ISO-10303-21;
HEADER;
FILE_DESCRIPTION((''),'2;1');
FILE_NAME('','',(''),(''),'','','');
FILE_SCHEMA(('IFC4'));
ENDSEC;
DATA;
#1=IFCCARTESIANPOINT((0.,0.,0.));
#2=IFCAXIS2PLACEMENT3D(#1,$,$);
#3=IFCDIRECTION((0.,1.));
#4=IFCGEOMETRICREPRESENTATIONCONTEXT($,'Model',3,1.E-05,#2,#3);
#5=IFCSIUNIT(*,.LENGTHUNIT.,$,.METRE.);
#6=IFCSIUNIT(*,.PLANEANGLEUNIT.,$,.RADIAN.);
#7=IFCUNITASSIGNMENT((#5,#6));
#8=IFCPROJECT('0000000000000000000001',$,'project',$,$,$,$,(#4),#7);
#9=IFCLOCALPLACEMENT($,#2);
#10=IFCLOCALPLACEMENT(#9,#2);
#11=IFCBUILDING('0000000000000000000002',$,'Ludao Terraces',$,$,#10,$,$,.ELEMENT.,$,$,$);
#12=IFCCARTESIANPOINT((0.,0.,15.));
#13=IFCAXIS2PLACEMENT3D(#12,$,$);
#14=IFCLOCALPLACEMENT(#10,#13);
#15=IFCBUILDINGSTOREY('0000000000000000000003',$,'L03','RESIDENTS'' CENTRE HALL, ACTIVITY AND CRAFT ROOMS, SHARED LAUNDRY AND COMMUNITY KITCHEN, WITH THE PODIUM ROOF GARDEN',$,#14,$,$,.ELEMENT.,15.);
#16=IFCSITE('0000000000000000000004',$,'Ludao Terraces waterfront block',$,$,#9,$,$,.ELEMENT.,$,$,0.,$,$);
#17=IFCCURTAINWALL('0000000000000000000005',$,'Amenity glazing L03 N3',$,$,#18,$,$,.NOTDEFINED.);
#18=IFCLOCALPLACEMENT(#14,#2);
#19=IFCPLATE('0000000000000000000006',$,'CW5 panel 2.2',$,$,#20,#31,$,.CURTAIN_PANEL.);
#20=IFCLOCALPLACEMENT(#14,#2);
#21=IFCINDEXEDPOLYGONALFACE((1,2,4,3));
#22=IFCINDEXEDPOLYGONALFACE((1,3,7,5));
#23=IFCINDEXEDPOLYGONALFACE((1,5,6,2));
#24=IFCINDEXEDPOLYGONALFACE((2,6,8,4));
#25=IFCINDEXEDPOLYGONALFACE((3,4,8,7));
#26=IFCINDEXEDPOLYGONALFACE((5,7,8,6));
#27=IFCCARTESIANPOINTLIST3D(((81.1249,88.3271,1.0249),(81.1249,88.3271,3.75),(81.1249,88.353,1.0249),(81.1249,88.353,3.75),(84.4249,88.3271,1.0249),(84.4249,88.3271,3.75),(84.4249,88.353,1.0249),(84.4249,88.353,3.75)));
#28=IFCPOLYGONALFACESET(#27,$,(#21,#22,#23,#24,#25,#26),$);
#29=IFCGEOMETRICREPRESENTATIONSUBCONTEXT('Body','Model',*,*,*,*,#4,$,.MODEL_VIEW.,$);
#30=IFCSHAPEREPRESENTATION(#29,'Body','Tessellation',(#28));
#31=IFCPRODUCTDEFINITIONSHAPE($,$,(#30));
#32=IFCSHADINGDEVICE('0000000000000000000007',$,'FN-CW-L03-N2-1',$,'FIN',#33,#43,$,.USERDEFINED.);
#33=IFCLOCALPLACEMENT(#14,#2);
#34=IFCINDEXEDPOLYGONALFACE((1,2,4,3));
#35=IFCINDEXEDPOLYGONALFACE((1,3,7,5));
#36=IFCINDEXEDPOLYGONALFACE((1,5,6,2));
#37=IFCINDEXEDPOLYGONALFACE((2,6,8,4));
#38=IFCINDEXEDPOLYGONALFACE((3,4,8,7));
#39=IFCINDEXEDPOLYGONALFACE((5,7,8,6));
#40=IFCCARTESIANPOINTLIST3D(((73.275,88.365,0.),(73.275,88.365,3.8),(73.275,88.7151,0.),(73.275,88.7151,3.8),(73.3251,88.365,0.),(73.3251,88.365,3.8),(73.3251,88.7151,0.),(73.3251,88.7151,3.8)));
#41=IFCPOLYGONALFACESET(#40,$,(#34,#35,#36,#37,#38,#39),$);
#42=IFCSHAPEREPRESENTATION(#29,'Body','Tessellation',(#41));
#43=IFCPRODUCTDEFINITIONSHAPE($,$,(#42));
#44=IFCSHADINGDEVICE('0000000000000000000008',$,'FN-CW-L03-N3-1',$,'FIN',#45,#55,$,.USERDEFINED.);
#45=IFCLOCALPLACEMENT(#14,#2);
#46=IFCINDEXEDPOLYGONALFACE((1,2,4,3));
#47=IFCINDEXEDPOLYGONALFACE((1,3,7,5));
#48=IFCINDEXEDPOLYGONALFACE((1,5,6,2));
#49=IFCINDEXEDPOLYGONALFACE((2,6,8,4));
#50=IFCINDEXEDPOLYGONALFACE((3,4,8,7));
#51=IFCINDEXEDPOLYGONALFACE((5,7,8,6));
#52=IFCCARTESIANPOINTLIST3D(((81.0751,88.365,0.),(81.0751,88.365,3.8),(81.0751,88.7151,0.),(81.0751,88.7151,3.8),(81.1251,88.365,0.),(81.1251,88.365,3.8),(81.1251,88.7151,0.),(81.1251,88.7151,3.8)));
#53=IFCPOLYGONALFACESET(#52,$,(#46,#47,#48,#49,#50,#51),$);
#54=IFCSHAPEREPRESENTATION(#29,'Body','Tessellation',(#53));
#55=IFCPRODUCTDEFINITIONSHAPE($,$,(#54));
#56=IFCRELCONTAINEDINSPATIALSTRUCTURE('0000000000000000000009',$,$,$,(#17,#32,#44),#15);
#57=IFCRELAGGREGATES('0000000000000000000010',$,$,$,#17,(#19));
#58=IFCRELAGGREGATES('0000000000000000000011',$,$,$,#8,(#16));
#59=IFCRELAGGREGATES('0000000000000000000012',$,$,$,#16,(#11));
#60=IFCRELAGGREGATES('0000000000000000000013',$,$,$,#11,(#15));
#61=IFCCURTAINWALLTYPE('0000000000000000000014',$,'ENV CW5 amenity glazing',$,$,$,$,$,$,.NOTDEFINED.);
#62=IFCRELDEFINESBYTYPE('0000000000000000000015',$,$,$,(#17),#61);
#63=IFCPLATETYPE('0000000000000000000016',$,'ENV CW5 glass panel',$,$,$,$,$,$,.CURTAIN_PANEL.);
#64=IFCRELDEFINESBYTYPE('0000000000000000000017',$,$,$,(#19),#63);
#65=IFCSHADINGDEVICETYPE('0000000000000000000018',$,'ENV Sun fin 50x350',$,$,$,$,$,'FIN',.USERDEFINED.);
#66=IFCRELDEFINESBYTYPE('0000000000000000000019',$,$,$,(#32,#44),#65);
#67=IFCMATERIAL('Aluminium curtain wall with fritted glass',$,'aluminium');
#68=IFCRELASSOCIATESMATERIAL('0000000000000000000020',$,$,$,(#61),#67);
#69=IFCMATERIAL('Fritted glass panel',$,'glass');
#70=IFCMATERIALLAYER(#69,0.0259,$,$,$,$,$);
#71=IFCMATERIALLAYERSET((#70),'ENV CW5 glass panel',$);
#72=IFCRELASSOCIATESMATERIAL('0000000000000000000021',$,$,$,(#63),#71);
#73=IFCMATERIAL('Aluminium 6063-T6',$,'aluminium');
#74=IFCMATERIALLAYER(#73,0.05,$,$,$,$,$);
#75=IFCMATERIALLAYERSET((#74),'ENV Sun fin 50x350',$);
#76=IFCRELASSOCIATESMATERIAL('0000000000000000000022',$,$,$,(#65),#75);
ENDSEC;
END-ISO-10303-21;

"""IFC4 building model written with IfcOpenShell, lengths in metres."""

from ifc_helpers import new_model, si_unit, direction, frame, origin, origin_2d, place, context, subcontext, project, spatial, rectangle, extrude, material, layer, layer_set, type_object, element, aggregate, save


model = new_model("IFC4")

# Units and contexts
model_context = context("Model", 3, precision=1e-05, world=origin(), true_north=direction((0.0, 1.0)))
body_context = subcontext(model_context, "Body", "Model", "MODEL_VIEW")
ifc_project = project(units=[si_unit("LENGTHUNIT", "METRE"), si_unit("PLANEANGLEUNIT", "RADIAN")], contexts=[model_context])

# Site, building, storey
site_placement = place(None, origin())
site = spatial("IfcSite", under=ifc_project, at=site_placement, Name="Ludao Terraces waterfront block", CompositionType="ELEMENT", RefElevation=0.0)
building_placement = place(site_placement, origin())
building = spatial("IfcBuilding", under=site, at=building_placement, Name="Ludao Terraces", CompositionType="ELEMENT")
storey_placement = place(building_placement, frame((0.0, 0.0, 15.0)))
storey = spatial("IfcBuildingStorey", under=building, at=storey_placement, Name="L03", Description="RESIDENTS' CENTRE HALL, ACTIVITY AND CRAFT ROOMS, SHARED LAUNDRY AND COMMUNITY KITCHEN, WITH THE PODIUM ROOF GARDEN", CompositionType="ELEMENT", Elevation=15.0)

# Curtain wall
ifc_material_1 = material(Name="Aluminium curtain wall with fritted glass", Category="aluminium")
curtain_wall_type = type_object("IfcCurtainWallType", Name="ENV CW5 amenity glazing", PredefinedType="NOTDEFINED", material=ifc_material_1)
ifc_material_2 = material(Name="Aluminium 6063-T6", Category="aluminium")
curtain_wall_1_placement = place(storey_placement, origin())
curtain_wall_1 = element("IfcCurtainWall", 1, at=curtain_wall_1_placement, inside=storey, type_object=curtain_wall_type, Name="Amenity glazing L03 N3", PredefinedType="NOTDEFINED")

# Plate
ifc_material_3 = material(Name="Fritted glass panel", Category="glass")
ifc_layer_1 = layer(ifc_material_3, 0.0259)
ifc_layer_set_1 = layer_set([ifc_layer_1], Name="ENV CW5 glass panel")
plate_type = type_object("IfcPlateType", Name="ENV CW5 glass panel", PredefinedType="CURTAIN_PANEL", material=ifc_layer_set_1)
plate_1_placement = place(storey_placement, frame((82.7749, 88.3401, 1.0249), z_axis=(0.0, 0.0, 1.0), x_axis=(1.0, 0.0, 0.0)))
plate_1 = element("IfcPlate", 2, at=plate_1_placement, type_object=plate_type, Name="CW5 panel 2.2", PredefinedType="CURTAIN_PANEL", context=body_context, shape_type="SweptSolid", body=[
    extrude(rectangle(XDim=3.3, YDim=0.0259, at=origin_2d()), origin(), (0.0, 0.0, 1.0), 2.7251),
])
aggregate(curtain_wall_1, [plate_1])

# Shading devices
ifc_layer_2 = layer(ifc_material_2, 0.05)
ifc_layer_set_2 = layer_set([ifc_layer_2], Name="ENV Sun fin 50x350")
shading_device_type = type_object("IfcShadingDeviceType", Name="ENV Sun fin 50x350", ElementType="FIN", PredefinedType="USERDEFINED", material=ifc_layer_set_2)
for number, where, z_axis, x_axis, name in (
    (3, (73.3, 88.54, 0.0), (0.0, 0.0, 1.0), (1.0, 0.0, 0.0), "FN-CW-L03-N2-1"),
    (4, (81.1001, 88.54, 0.0), (0.0, 0.0, 1.0), (1.0, 0.0, 0.0), "FN-CW-L03-N3-1"),
):
    element("IfcShadingDevice", number, at=place(storey_placement, frame(where, z_axis=z_axis, x_axis=x_axis)), inside=storey, type_object=shading_device_type, Name=name, ObjectType="FIN", PredefinedType="USERDEFINED", context=body_context, shape_type="SweptSolid", body=[
        extrude(rectangle(XDim=0.05, YDim=0.3501, at=origin_2d()), origin(), (0.0, 0.0, 1.0), 3.8),
    ])

save(model, "model.ifc")
